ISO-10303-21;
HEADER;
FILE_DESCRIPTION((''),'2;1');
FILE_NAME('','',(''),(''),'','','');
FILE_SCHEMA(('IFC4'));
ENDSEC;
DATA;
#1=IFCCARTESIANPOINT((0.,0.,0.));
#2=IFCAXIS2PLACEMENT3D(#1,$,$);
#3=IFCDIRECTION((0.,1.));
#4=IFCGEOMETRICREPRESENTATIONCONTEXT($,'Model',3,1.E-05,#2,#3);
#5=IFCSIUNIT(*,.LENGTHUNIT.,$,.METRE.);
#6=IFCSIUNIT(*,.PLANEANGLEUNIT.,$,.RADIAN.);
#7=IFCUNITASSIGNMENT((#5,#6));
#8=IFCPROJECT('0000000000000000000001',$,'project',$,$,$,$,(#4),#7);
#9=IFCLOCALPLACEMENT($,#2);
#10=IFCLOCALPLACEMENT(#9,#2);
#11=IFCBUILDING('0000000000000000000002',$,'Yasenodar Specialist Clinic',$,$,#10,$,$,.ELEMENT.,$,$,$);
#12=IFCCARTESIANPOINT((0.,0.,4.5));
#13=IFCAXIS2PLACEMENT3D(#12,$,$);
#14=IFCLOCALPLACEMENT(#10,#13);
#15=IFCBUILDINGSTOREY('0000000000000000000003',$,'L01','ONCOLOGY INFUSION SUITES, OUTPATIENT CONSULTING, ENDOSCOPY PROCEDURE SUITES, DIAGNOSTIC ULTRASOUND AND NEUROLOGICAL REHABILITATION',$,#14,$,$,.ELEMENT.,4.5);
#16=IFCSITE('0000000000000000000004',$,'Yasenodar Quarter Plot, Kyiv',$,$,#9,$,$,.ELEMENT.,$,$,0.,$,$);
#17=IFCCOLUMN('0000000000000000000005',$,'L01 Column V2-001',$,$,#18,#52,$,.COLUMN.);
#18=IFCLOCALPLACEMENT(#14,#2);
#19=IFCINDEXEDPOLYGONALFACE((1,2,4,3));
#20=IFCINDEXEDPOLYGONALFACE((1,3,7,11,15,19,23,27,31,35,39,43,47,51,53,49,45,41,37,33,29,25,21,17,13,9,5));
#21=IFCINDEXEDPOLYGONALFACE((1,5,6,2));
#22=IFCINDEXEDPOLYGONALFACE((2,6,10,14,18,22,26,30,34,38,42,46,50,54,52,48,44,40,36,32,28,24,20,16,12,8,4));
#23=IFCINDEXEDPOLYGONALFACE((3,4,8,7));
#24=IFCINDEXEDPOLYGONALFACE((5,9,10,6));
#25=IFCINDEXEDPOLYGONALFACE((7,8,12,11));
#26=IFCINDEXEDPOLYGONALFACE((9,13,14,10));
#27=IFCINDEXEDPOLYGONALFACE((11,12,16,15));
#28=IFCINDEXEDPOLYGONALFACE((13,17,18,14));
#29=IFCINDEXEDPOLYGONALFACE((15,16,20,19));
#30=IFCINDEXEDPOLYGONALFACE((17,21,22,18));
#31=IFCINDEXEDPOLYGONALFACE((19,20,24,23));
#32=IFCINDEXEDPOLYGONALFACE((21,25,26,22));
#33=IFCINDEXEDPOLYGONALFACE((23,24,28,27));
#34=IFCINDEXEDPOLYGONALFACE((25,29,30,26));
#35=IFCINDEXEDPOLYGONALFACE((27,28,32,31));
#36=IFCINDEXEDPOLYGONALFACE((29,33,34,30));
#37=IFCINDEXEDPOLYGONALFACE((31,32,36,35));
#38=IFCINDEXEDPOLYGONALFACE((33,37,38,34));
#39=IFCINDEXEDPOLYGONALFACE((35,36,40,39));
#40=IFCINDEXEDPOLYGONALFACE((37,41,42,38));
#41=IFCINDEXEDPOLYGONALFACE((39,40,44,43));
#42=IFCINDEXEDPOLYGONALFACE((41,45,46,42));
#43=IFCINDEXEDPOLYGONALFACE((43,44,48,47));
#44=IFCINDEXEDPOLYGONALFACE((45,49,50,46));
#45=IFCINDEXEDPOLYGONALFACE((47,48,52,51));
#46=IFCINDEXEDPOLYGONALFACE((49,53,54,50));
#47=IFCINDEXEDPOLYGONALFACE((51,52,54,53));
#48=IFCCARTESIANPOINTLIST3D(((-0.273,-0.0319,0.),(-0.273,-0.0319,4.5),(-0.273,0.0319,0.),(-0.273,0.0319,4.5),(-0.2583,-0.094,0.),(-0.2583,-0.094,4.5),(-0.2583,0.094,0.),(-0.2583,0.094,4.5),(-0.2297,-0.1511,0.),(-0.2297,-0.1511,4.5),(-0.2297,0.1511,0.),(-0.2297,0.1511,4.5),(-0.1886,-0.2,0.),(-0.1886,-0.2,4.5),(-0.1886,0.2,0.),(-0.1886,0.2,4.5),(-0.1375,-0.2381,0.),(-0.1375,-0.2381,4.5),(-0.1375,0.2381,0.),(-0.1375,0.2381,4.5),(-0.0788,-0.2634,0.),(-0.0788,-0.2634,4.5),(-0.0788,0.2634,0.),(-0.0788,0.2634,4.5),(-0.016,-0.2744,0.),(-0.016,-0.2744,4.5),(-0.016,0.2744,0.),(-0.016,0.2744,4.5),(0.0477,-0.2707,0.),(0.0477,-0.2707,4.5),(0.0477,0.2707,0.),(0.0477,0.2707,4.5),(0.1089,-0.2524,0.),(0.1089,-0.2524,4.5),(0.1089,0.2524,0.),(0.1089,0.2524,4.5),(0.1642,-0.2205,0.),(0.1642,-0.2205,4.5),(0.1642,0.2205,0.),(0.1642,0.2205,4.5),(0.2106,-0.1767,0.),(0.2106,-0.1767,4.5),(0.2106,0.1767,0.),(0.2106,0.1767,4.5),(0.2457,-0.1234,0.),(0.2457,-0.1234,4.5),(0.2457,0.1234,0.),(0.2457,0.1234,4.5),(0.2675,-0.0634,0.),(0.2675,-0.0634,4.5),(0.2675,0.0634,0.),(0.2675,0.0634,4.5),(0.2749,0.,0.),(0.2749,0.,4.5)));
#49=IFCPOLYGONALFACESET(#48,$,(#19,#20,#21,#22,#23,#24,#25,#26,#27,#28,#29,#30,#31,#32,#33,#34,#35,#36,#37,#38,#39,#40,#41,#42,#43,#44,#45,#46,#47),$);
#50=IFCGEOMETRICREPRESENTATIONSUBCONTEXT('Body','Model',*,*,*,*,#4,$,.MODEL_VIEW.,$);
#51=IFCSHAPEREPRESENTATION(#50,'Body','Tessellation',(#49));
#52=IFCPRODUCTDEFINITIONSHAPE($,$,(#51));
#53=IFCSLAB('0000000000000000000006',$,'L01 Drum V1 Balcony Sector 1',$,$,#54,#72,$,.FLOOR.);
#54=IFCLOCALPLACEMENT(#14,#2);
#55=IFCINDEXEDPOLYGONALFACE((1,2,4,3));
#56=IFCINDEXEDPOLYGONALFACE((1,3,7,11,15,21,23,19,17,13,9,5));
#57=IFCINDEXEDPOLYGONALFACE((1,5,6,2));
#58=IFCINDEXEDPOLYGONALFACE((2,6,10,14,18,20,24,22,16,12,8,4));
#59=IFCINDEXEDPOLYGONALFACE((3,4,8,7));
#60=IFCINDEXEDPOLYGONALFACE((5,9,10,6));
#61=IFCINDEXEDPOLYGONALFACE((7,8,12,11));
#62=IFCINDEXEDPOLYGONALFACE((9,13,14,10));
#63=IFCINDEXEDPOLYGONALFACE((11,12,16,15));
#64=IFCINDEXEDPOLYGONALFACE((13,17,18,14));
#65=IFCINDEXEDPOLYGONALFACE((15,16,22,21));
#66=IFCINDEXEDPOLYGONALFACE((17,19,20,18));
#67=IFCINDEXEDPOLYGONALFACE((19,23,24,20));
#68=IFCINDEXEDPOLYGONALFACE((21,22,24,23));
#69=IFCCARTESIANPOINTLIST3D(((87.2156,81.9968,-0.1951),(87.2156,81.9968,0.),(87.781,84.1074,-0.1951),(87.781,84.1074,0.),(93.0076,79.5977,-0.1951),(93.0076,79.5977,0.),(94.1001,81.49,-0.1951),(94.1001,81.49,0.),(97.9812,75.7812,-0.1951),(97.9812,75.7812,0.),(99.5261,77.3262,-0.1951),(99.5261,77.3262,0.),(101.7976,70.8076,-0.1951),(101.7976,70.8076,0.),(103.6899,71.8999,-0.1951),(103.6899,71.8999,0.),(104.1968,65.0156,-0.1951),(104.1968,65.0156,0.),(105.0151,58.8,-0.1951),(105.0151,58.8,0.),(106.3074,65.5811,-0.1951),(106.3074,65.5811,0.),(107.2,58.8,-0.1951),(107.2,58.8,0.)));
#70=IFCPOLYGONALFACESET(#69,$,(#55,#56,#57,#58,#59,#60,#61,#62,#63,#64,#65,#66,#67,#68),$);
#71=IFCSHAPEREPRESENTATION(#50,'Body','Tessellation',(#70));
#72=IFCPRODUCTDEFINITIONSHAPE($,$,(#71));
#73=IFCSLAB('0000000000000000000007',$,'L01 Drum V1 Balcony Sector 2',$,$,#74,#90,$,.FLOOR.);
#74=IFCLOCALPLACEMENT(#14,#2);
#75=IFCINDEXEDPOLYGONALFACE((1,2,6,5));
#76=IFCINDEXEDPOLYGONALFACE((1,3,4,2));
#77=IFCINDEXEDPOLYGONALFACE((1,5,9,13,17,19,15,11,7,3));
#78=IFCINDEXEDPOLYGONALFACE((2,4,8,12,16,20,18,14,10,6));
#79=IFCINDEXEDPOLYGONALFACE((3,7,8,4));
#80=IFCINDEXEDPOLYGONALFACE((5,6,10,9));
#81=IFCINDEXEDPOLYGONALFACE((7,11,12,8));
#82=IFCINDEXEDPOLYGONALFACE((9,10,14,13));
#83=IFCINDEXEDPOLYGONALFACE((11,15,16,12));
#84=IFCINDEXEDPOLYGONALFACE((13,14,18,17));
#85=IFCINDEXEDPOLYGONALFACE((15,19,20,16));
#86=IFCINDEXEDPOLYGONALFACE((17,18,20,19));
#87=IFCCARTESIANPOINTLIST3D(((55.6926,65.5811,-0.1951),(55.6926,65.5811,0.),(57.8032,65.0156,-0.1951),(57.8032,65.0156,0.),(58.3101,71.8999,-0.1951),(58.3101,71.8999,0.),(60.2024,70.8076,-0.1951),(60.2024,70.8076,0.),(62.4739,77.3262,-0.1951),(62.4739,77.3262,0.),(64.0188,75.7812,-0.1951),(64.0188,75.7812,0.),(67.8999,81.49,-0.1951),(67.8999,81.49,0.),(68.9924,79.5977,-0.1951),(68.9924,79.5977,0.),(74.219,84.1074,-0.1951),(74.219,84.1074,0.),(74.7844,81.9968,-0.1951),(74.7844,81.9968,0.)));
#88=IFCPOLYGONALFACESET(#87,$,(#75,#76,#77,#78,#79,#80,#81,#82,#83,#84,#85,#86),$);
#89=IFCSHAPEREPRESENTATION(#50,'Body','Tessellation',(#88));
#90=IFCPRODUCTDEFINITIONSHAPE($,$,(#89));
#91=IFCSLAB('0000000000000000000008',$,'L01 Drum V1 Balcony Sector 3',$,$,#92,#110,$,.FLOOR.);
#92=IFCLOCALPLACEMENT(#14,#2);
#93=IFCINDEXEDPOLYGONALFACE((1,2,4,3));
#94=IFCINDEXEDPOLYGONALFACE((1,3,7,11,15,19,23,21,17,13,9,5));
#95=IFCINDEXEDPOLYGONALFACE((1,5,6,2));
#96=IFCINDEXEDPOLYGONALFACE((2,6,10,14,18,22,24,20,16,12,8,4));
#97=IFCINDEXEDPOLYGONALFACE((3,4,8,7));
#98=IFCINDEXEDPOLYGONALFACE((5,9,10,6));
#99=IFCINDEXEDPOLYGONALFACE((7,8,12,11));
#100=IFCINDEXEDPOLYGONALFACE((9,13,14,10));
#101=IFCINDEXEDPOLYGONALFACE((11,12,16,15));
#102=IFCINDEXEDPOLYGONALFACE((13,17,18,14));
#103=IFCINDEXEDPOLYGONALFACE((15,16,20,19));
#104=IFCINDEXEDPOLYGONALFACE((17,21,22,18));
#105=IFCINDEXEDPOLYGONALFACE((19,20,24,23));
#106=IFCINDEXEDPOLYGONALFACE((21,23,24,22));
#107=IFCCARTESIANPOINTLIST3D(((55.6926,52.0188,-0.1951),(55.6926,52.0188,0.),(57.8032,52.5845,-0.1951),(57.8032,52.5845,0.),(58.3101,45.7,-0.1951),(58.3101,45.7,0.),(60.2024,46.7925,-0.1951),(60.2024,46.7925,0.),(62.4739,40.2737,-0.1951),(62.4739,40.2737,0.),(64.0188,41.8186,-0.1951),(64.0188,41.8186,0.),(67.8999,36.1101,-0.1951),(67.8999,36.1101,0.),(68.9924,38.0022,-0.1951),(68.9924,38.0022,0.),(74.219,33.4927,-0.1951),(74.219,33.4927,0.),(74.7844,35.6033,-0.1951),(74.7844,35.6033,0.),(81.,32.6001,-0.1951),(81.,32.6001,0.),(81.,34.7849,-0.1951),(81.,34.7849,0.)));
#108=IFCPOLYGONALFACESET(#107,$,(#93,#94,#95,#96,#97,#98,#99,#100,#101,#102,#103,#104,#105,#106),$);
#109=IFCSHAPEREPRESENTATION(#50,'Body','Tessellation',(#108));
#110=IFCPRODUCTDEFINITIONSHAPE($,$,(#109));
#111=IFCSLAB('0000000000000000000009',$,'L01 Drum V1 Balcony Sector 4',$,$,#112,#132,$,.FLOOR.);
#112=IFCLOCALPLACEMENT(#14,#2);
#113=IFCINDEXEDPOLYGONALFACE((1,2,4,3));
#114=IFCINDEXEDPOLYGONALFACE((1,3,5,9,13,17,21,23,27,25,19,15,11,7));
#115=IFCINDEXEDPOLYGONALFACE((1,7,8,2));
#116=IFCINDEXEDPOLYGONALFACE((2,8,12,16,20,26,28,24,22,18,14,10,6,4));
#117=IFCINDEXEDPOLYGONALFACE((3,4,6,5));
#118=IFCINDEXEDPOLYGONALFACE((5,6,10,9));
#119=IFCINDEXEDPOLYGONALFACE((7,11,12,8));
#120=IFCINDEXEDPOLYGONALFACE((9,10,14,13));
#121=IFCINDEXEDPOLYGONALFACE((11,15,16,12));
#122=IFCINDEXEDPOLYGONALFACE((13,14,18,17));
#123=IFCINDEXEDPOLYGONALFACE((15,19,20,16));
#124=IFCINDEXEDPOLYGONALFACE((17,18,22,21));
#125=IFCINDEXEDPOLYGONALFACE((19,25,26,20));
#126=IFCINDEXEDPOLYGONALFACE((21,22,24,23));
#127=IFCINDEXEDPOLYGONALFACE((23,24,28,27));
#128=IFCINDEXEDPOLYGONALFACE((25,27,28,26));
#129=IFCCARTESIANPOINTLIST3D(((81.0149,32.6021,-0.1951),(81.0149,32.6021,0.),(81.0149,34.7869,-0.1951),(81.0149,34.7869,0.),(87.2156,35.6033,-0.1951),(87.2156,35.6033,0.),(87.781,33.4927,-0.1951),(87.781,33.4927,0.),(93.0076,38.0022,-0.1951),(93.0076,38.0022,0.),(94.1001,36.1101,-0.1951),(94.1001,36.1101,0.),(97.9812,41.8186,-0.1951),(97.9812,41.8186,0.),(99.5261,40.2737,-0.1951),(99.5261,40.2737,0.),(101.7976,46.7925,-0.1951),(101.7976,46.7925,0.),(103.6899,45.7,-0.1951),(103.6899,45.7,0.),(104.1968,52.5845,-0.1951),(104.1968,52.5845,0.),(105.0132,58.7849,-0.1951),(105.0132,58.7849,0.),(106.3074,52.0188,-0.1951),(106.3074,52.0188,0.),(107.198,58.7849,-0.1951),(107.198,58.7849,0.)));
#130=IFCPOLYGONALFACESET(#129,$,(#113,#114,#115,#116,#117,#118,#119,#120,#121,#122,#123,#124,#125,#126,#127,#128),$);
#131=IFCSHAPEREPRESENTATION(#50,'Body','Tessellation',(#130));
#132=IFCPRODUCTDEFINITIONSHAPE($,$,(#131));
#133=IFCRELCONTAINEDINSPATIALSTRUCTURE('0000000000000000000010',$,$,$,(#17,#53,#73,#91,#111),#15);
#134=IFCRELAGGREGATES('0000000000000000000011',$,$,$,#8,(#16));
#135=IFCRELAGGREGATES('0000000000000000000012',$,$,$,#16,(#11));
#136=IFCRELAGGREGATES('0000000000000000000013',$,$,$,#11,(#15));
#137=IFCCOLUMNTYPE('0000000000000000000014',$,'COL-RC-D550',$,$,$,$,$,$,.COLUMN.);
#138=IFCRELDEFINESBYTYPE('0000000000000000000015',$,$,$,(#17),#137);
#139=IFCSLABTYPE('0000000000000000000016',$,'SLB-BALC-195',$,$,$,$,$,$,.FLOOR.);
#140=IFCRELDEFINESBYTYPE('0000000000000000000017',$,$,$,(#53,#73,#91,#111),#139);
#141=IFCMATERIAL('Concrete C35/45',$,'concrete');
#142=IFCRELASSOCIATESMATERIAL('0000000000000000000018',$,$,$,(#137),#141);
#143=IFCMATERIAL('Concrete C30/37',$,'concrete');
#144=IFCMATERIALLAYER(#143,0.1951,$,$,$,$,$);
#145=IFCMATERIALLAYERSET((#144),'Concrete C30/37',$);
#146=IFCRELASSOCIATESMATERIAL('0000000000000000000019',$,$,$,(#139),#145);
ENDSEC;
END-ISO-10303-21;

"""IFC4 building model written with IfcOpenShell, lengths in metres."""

from ifc_helpers import new_model, si_unit, direction, frame, origin, origin_with_axes, origin_2d, place, context, subcontext, project, spatial, polyline, circle, outline, extrude, material, layer, layer_set, material_profile, profile_set, type_object, element, save


model = new_model("IFC4")

# Units and contexts
model_context = context("Model", 3, precision=1e-05, world=origin(), true_north=direction((0.0, 1.0)))
body_context = subcontext(model_context, "Body", "Model", "MODEL_VIEW")
ifc_project = project(units=[si_unit("LENGTHUNIT", "METRE"), si_unit("PLANEANGLEUNIT", "RADIAN")], contexts=[model_context])

# Site, building, storey
site_placement = place(None, origin())
site = spatial("IfcSite", under=ifc_project, at=site_placement, Name="Yasenodar Quarter Plot, Kyiv", CompositionType="ELEMENT", RefElevation=0.0)
building_placement = place(site_placement, origin())
building = spatial("IfcBuilding", under=site, at=building_placement, Name="Yasenodar Specialist Clinic", CompositionType="ELEMENT")
storey_placement = place(building_placement, frame((0.0, 0.0, 4.5)))
storey = spatial("IfcBuildingStorey", under=building, at=storey_placement, Name="L01", Description="ONCOLOGY INFUSION SUITES, OUTPATIENT CONSULTING, ENDOSCOPY PROCEDURE SUITES, DIAGNOSTIC ULTRASOUND AND NEUROLOGICAL REHABILITATION", CompositionType="ELEMENT", Elevation=4.5)

# Column
ifc_material_1 = material(Name="Concrete C35/45", Category="concrete")
ifc_material_profile = material_profile(ifc_material_1, circle(Radius=0.2749, at=origin_2d()), Name="RC D550")
ifc_profile_set = profile_set([ifc_material_profile], Name="Concrete C35/45")
column_type = type_object("IfcColumnType", Name="COL-RC-D550", PredefinedType="COLUMN", material=ifc_profile_set)
column_placement = place(storey_placement, origin_with_axes())
element("IfcColumn", 1, at=column_placement, inside=storey, type_object=column_type, Name="L01 Column V2-001", PredefinedType="COLUMN", context=body_context, shape_type="SweptSolid", body=[
    extrude(circle(Radius=0.2749, at=origin_2d()), origin(), (0.0, 0.0, 1.0), 4.5),
])

# Slabs
ifc_material_2 = material(Name="Concrete C30/37", Category="concrete")
ifc_layer_1 = layer(ifc_material_2, 0.1951)
ifc_layer_set_1 = layer_set([ifc_layer_1], Name="Concrete C30/37")
slab_type_1 = type_object("IfcSlabType", Name="SLB-BALC-195", PredefinedType="FLOOR", material=ifc_layer_set_1)
slab_1_placement = place(storey_placement, frame((0.0, 0.0, -0.1951)))
element("IfcSlab", 2, at=slab_1_placement, inside=storey, type_object=slab_type_1, Name="L01 Drum V1 Balcony Sector 1", PredefinedType="FLOOR", context=body_context, shape_type="SweptSolid", body=[
    extrude(outline(polyline([(87.781, 84.1074), (94.1001, 81.49), (99.5261, 77.3262), (103.6899, 71.8999), (106.3074, 65.5811), (107.2, 58.8), (105.0151, 58.8), (104.1968, 65.0156), (101.7976, 70.8076), (97.9812, 75.7812), (93.0076, 79.5977), (87.2156, 81.9968), (87.781, 84.1074)])), origin(), (0.0, 0.0, 1.0), 0.1951),
])
slab_2_placement = place(storey_placement, frame((0.0, 0.0, -0.1951)))
element("IfcSlab", 3, at=slab_2_placement, inside=storey, type_object=slab_type_1, Name="L01 Drum V1 Balcony Sector 2", PredefinedType="FLOOR", context=body_context, shape_type="SweptSolid", body=[
    extrude(outline(polyline([(55.6926, 65.5811), (58.3101, 71.8999), (62.4739, 77.3262), (67.8999, 81.49), (74.219, 84.1074), (74.7844, 81.9968), (68.9924, 79.5977), (64.0188, 75.7812), (60.2024, 70.8076), (57.8032, 65.0156), (55.6926, 65.5811)])), origin(), (0.0, 0.0, 1.0), 0.1951),
])
slab_3_placement = place(storey_placement, frame((0.0, 0.0, -0.1951)))
element("IfcSlab", 4, at=slab_3_placement, inside=storey, type_object=slab_type_1, Name="L01 Drum V1 Balcony Sector 3", PredefinedType="FLOOR", context=body_context, shape_type="SweptSolid", body=[
    extrude(outline(polyline([(81.0, 32.6001), (74.219, 33.4927), (67.8999, 36.1101), (62.4739, 40.2737), (58.3101, 45.7), (55.6926, 52.0188), (57.8032, 52.5845), (60.2024, 46.7925), (64.0188, 41.8186), (68.9924, 38.0022), (74.7844, 35.6033), (81.0, 34.7849), (81.0, 32.6001)])), origin(), (0.0, 0.0, 1.0), 0.1951),
])
slab_4_placement = place(storey_placement, frame((0.0, 0.0, -0.1951)))
element("IfcSlab", 5, at=slab_4_placement, inside=storey, type_object=slab_type_1, Name="L01 Drum V1 Balcony Sector 4", PredefinedType="FLOOR", context=body_context, shape_type="SweptSolid", body=[
    extrude(outline(polyline([(106.3074, 52.0188), (103.6899, 45.7), (99.5261, 40.2737), (94.1001, 36.1101), (87.781, 33.4927), (81.0149, 32.6021), (81.0149, 34.7869), (87.2156, 35.6033), (93.0076, 38.0022), (97.9812, 41.8186), (101.7976, 46.7925), (104.1968, 52.5845), (105.0132, 58.7849), (107.198, 58.7849), (106.3074, 52.0188)])), origin(), (0.0, 0.0, 1.0), 0.1951),
])

save(model, "model.ifc")
